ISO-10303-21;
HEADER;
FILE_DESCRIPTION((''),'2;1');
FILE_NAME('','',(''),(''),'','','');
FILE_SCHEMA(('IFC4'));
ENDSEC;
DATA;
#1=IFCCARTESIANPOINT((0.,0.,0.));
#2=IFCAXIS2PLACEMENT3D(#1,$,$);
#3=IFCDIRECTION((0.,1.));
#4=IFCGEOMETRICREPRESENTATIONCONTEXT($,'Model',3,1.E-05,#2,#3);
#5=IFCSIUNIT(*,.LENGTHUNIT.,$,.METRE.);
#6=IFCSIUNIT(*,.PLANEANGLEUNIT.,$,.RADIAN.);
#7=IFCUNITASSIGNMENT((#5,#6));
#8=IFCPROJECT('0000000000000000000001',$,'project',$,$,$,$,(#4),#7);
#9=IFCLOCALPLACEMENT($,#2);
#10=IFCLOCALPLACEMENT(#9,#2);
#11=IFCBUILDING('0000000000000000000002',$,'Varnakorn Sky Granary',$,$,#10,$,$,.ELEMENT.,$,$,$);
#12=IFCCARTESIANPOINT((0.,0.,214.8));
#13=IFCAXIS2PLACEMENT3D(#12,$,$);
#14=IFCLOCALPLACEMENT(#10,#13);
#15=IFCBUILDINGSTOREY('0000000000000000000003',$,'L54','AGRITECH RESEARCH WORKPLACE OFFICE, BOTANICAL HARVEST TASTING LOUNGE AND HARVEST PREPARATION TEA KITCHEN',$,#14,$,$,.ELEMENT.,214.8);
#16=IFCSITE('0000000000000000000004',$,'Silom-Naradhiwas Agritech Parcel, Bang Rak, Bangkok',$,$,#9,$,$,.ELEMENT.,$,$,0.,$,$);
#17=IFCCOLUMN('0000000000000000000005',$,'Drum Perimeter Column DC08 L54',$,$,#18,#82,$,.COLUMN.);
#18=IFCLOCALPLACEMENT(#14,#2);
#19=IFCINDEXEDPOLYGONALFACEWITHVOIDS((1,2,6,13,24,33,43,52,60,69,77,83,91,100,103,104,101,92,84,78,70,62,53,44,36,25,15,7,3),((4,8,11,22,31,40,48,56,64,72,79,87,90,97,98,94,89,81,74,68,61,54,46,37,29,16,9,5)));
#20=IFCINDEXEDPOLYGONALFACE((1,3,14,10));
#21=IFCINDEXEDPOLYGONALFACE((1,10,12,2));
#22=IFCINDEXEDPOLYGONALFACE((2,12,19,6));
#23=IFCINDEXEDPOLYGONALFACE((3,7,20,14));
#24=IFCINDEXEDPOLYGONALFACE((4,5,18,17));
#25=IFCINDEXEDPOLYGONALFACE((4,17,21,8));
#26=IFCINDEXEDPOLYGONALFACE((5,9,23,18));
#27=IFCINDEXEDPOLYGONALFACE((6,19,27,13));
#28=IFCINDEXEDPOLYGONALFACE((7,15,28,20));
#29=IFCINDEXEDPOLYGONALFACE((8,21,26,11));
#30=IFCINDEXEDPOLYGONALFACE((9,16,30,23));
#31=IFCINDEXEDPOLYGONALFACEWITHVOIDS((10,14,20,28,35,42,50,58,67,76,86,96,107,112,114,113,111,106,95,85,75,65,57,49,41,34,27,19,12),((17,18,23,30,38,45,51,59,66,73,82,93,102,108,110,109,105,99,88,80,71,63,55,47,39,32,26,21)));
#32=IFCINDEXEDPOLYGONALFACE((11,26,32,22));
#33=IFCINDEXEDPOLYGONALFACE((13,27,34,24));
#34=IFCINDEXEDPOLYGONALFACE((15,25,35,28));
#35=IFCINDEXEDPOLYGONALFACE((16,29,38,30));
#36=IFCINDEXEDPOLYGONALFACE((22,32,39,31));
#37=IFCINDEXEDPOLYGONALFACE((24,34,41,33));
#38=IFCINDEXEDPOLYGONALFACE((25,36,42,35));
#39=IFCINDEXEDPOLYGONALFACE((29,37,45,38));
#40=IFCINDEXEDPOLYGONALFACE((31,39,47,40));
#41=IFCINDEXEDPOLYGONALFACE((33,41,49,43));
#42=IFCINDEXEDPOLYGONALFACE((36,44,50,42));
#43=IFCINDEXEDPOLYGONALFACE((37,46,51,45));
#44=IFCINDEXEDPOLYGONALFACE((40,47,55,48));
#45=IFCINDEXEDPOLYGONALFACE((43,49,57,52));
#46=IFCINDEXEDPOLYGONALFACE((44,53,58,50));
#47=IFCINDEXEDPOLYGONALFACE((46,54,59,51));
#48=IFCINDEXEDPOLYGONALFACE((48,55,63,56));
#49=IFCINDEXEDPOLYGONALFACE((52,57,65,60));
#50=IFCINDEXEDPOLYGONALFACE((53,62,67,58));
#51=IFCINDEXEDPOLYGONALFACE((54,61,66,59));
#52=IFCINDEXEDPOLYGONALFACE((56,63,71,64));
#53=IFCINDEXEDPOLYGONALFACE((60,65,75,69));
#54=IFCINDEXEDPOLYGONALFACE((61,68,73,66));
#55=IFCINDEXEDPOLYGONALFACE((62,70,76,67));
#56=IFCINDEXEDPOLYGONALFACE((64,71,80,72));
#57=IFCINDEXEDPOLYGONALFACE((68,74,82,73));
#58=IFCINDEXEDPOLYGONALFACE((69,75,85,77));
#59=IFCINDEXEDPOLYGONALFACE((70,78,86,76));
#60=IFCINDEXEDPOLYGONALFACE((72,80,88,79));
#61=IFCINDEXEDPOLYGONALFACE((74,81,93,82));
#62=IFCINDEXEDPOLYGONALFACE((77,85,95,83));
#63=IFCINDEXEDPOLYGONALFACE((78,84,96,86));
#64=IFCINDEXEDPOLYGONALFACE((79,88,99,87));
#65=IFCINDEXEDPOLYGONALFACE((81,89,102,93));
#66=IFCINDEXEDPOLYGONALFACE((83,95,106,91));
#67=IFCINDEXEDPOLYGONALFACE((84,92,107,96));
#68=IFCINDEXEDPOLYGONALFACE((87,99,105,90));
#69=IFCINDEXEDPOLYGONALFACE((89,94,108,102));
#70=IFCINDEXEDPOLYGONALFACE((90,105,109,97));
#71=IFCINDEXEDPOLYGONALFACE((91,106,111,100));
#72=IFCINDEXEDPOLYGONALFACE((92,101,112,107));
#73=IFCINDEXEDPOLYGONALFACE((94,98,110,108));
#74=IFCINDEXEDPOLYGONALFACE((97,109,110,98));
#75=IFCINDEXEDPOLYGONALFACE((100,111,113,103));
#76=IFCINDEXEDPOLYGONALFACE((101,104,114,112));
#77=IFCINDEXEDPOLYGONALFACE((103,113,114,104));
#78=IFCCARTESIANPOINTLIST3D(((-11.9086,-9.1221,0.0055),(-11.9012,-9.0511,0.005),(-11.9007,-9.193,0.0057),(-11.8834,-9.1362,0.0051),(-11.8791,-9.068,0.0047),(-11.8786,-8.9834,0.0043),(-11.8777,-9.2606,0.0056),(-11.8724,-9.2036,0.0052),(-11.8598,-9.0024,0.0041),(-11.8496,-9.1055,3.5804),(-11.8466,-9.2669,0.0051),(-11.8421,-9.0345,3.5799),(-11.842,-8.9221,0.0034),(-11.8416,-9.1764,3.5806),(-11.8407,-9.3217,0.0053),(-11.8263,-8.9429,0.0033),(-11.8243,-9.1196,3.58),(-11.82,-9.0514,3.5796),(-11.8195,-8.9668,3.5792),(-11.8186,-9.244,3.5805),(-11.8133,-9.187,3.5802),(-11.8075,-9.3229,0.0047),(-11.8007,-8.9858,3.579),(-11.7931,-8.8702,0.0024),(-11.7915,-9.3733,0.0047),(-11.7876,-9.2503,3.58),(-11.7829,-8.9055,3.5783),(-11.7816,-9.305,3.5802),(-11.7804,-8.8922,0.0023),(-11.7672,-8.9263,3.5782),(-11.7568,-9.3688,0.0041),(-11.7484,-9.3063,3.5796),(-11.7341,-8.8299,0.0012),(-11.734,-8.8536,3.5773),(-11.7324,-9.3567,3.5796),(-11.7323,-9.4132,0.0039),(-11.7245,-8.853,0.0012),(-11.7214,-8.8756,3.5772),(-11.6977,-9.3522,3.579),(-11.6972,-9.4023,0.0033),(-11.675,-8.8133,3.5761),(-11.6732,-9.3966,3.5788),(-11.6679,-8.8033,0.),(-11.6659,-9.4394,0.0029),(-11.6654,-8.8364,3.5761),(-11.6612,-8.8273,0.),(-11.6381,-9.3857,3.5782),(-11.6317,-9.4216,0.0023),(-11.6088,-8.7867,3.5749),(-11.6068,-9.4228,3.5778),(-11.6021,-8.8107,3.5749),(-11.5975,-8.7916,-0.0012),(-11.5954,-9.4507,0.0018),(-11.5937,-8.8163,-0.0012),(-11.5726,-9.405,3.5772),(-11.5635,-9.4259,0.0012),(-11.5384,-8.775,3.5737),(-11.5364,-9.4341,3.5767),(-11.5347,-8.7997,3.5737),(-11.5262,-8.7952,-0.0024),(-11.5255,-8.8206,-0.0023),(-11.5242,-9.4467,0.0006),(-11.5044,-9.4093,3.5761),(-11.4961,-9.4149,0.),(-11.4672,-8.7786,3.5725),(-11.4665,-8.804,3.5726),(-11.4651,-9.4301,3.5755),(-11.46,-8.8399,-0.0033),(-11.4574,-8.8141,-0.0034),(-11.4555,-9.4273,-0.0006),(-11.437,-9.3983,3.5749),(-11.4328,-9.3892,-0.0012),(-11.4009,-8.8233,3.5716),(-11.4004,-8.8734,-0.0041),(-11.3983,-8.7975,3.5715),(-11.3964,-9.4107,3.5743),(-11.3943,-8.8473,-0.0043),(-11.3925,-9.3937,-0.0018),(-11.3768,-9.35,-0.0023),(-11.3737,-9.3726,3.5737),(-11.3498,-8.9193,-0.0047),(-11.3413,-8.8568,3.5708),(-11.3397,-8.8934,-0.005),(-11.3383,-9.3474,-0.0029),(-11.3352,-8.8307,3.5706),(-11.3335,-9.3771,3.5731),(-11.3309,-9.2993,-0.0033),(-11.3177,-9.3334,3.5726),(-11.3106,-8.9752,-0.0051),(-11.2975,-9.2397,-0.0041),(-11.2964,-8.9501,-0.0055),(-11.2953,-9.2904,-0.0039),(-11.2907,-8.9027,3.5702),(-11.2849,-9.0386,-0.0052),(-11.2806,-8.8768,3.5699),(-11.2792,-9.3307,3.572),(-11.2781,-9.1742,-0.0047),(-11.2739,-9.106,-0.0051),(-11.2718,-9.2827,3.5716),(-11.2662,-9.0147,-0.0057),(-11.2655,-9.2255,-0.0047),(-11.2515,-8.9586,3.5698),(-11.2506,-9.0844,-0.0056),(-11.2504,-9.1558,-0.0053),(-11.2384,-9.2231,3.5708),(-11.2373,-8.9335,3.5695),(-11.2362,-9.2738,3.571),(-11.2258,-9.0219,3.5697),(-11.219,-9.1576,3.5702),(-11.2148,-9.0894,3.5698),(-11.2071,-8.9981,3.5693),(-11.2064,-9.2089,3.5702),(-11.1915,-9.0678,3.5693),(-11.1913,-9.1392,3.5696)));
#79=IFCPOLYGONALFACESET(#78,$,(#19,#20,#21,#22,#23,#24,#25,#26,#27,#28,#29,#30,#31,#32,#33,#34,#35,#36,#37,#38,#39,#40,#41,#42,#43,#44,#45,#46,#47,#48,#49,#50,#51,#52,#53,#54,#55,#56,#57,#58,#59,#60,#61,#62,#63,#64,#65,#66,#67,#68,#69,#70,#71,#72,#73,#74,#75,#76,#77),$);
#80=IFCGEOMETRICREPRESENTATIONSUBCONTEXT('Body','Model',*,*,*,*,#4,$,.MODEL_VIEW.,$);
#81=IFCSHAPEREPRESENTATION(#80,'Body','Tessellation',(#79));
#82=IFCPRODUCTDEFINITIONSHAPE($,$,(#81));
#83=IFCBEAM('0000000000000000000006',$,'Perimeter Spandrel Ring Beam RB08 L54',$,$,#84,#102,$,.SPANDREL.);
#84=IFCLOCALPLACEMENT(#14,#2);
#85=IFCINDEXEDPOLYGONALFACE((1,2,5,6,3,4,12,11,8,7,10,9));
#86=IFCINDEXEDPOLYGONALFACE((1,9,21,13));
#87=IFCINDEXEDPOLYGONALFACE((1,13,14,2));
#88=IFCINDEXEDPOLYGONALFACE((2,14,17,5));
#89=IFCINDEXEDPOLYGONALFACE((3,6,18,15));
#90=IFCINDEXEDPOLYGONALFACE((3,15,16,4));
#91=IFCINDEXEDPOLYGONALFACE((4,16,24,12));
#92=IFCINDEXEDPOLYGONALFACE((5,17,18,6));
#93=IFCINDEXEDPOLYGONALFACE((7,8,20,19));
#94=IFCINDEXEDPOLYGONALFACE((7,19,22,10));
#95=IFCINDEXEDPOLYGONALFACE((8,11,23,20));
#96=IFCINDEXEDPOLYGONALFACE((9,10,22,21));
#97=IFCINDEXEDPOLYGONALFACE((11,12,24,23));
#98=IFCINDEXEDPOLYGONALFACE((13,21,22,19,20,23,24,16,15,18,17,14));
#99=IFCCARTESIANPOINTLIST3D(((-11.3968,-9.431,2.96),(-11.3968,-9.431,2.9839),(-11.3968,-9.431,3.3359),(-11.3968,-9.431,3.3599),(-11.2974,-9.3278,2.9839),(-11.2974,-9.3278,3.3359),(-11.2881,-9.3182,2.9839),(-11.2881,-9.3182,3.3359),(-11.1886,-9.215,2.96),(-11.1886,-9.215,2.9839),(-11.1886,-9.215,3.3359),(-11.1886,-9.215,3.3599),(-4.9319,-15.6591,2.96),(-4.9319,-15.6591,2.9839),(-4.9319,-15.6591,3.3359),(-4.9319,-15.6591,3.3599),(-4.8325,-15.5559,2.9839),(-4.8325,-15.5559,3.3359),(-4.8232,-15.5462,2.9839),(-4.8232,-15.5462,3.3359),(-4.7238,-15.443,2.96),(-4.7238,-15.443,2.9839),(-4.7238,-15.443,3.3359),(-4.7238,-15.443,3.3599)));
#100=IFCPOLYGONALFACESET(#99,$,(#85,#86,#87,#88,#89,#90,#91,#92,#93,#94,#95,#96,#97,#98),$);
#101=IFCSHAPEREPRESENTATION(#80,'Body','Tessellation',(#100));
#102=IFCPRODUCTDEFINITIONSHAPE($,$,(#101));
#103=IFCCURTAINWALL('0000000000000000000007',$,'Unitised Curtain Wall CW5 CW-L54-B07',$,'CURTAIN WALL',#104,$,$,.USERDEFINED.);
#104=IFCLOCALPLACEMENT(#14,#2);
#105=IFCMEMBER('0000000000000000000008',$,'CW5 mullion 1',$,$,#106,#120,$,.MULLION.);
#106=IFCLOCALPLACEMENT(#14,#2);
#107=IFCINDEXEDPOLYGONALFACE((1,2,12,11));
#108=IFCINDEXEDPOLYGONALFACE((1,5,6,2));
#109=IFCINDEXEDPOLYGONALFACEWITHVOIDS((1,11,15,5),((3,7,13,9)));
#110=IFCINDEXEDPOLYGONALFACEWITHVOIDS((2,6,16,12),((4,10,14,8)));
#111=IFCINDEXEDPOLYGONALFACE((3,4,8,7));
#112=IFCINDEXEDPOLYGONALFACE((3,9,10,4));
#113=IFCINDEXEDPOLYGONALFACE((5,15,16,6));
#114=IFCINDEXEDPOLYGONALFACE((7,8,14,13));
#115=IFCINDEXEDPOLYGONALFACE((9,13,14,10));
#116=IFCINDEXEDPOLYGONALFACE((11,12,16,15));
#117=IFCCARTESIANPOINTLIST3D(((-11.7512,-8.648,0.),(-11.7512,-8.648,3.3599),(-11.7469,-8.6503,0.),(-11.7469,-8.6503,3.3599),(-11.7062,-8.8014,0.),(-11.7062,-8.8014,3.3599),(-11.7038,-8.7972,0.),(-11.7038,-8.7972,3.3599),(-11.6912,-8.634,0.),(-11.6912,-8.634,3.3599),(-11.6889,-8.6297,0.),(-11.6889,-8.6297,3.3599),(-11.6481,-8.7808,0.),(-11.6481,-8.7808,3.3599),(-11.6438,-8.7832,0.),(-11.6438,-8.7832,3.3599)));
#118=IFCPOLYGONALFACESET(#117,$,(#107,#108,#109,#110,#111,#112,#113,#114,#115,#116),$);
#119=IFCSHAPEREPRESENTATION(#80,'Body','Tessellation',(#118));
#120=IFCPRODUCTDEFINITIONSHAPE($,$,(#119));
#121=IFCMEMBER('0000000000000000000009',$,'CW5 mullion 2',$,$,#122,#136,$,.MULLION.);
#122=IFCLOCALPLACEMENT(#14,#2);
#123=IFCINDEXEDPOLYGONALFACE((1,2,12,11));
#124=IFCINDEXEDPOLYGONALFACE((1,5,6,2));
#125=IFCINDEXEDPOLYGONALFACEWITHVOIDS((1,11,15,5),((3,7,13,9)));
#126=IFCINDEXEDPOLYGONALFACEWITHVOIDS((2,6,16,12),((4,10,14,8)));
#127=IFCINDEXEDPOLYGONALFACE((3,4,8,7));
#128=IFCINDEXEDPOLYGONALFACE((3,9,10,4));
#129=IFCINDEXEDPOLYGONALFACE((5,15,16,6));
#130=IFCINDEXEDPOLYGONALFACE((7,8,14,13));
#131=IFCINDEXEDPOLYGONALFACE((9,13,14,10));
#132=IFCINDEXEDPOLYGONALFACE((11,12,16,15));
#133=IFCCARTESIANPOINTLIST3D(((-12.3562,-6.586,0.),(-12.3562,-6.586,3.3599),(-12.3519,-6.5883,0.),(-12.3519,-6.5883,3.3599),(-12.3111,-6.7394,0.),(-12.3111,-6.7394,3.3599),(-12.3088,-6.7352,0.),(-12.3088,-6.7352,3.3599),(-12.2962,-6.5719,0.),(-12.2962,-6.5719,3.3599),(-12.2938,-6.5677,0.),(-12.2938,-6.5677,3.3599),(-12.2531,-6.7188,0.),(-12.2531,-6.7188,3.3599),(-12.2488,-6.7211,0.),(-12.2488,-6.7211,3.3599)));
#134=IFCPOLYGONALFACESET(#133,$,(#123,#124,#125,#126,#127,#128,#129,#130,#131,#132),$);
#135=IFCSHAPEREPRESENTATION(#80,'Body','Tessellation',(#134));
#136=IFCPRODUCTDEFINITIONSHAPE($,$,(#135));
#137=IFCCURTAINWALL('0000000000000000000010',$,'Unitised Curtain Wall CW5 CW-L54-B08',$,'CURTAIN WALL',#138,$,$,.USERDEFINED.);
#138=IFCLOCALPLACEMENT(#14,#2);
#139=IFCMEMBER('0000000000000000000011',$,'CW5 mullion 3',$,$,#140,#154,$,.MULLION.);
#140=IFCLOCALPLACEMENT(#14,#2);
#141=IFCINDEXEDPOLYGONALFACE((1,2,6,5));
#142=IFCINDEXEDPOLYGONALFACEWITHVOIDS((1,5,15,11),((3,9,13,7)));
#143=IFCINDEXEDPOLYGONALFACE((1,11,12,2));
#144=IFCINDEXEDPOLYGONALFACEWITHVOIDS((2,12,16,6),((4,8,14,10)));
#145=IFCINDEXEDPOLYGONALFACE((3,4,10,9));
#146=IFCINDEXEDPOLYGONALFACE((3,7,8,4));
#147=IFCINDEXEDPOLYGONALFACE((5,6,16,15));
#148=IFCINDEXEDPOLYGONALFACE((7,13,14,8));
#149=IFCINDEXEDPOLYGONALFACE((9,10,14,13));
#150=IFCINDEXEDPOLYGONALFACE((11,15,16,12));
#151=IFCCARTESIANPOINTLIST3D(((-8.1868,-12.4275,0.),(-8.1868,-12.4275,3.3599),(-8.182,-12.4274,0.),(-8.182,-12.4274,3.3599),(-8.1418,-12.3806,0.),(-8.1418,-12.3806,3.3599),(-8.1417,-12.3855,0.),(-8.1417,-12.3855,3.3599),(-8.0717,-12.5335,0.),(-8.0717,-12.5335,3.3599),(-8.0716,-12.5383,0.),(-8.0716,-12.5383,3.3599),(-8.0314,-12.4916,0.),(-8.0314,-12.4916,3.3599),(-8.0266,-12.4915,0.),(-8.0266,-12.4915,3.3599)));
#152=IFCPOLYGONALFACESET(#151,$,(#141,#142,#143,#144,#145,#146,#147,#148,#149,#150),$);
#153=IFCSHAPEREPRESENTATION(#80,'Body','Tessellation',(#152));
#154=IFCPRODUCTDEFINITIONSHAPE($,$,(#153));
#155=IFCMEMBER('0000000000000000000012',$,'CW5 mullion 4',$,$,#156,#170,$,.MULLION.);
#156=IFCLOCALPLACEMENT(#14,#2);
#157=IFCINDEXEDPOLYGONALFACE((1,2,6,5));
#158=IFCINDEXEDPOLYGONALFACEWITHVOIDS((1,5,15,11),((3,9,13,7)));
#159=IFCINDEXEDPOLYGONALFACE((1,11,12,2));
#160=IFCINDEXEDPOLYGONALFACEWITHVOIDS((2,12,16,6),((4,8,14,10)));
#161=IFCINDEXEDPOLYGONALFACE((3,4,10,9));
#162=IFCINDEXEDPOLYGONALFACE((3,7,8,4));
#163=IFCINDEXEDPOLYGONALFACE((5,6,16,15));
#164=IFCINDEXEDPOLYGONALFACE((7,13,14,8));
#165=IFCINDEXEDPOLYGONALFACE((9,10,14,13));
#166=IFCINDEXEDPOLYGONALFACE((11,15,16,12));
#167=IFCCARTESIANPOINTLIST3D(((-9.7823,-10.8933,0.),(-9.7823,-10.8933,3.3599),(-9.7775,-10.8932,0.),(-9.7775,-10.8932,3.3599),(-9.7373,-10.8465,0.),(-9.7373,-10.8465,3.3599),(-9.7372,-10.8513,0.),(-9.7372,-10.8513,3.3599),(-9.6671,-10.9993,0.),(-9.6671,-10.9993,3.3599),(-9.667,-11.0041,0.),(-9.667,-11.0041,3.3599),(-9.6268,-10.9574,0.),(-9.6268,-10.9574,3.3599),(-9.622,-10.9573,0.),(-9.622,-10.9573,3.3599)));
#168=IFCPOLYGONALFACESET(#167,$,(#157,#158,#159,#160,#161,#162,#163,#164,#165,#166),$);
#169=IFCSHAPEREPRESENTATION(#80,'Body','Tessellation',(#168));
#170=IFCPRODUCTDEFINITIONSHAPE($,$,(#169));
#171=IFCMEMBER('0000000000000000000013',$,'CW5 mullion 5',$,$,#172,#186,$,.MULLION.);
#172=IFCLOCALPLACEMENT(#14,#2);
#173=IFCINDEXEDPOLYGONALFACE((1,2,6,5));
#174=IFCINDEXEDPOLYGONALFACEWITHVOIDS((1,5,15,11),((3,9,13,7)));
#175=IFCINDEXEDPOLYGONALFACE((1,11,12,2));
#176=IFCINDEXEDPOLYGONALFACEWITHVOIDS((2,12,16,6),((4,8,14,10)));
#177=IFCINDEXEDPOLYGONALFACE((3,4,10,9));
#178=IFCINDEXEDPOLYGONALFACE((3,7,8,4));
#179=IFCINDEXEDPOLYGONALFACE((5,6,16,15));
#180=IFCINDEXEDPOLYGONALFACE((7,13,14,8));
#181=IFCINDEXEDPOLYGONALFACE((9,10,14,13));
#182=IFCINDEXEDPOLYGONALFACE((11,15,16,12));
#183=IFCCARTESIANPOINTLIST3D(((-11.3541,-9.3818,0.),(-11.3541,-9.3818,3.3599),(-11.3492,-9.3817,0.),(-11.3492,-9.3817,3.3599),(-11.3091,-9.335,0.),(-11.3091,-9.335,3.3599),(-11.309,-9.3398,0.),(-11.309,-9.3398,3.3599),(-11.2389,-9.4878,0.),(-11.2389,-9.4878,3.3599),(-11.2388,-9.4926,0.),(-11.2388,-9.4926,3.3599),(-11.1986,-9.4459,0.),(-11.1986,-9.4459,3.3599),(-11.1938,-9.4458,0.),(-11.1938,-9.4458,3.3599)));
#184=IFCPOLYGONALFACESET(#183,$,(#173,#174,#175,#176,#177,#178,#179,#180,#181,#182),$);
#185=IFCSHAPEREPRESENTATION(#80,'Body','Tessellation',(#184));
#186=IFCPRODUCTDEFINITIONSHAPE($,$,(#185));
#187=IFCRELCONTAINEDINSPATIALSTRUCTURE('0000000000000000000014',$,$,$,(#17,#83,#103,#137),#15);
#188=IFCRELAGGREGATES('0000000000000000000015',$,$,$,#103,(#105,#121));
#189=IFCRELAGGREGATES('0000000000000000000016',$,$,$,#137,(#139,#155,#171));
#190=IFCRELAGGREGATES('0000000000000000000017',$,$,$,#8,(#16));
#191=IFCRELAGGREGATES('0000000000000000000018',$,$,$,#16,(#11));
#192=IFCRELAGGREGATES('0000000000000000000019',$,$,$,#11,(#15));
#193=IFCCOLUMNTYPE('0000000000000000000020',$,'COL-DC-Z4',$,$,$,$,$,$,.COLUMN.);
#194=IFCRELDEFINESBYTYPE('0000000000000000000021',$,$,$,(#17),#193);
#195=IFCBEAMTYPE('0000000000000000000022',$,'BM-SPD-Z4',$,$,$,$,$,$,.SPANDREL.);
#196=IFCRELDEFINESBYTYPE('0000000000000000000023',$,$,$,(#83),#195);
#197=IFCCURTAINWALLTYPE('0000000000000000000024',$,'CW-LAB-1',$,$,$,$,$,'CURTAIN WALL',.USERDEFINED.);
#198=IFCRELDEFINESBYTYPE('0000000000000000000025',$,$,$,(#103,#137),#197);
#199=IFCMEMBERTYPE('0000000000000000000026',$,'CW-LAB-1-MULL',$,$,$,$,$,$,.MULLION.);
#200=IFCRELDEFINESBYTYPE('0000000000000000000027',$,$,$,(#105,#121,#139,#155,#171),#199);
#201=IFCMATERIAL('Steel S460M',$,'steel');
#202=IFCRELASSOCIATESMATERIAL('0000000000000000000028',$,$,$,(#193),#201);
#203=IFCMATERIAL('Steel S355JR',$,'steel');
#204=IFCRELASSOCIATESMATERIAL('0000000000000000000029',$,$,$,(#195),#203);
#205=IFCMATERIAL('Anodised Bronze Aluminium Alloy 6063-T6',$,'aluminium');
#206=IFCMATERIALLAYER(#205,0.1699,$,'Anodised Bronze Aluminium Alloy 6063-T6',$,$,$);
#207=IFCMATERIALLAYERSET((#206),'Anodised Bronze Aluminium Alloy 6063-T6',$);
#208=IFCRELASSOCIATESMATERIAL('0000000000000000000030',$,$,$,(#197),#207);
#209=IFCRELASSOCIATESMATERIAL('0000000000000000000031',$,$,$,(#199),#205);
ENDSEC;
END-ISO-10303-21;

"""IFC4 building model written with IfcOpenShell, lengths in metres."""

from ifc_helpers import new_model, si_unit, direction, frame, origin, origin_2d, place, context, subcontext, project, spatial, hollow_rectangle, hollow_circle, i_section, extrude, material, layer, layer_set, material_profile, profile_set, type_object, element, aggregate, save


model = new_model("IFC4")

# Units and contexts
model_context = context("Model", 3, precision=1e-05, world=origin(), true_north=direction((0.0, 1.0)))
body_context = subcontext(model_context, "Body", "Model", "MODEL_VIEW")
ifc_project = project(units=[si_unit("LENGTHUNIT", "METRE"), si_unit("PLANEANGLEUNIT", "RADIAN")], contexts=[model_context])

# Site, building, storey
site_placement = place(None, origin())
site = spatial("IfcSite", under=ifc_project, at=site_placement, Name="Silom-Naradhiwas Agritech Parcel, Bang Rak, Bangkok", CompositionType="ELEMENT", RefElevation=0.0)
building_placement = place(site_placement, origin())
building = spatial("IfcBuilding", under=site, at=building_placement, Name="Varnakorn Sky Granary", CompositionType="ELEMENT")
storey_placement = place(building_placement, frame((0.0, 0.0, 214.8)))
storey = spatial("IfcBuildingStorey", under=building, at=storey_placement, Name="L54", Description="AGRITECH RESEARCH WORKPLACE OFFICE, BOTANICAL HARVEST TASTING LOUNGE AND HARVEST PREPARATION TEA KITCHEN", CompositionType="ELEMENT", Elevation=214.8)

# Column
ifc_material_1 = material(Name="Steel S460M", Category="steel")
ifc_material_profile_1 = material_profile(ifc_material_1, hollow_circle(Radius=0.3301, WallThickness=0.0249, at=origin_2d()), Name="CHS 660x25")
ifc_profile_set_1 = profile_set([ifc_material_profile_1], Name="Steel S460M")
column_type = type_object("IfcColumnType", Name="COL-DC-Z4", PredefinedType="COLUMN", material=ifc_profile_set_1)
column_placement = place(storey_placement, frame((-11.5786, -9.1211, 0.0), z_axis=(0.016524, 0.004643, 0.999853), x_axis=(-0.270515, 0.962716, 0.0)))
element("IfcColumn", 1, at=column_placement, inside=storey, type_object=column_type, Name="Drum Perimeter Column DC08 L54", PredefinedType="COLUMN", context=body_context, shape_type="SweptSolid", body=[
    extrude(hollow_circle(Radius=0.3301, WallThickness=0.0249, at=origin_2d()), origin(), (0.0, 0.0, 1.0), 3.5754),
])

# Beam
ifc_material_2 = material(Name="Steel S355JR", Category="steel")
ifc_material_profile_2 = material_profile(ifc_material_2, i_section(OverallWidth=0.3, OverallDepth=0.3999, WebThickness=0.0134, FlangeThickness=0.0239, at=origin_2d()), Name="HE 400 B")
ifc_profile_set_2 = profile_set([ifc_material_profile_2], Name="Steel S355JR")
beam_type = type_object("IfcBeamType", Name="BM-SPD-Z4", PredefinedType="SPANDREL", material=ifc_profile_set_2)
beam_placement = place(storey_placement, frame((-11.2927, -9.323, 3.1599), z_axis=(0.720174, -0.693793, 0.0), x_axis=(0.693793, 0.720174, 0.0)))
element("IfcBeam", 2, at=beam_placement, inside=storey, type_object=beam_type, Name="Perimeter Spandrel Ring Beam RB08 L54", PredefinedType="SPANDREL", context=body_context, shape_type="SweptSolid", body=[
    extrude(i_section(OverallWidth=0.3, OverallDepth=0.3999, WebThickness=0.0134, FlangeThickness=0.0239, at=origin_2d()), origin(), (0.0, 0.0, 1.0), 8.9768),
])

# Curtain walls, members
ifc_material_3 = material(Name="Anodised Bronze Aluminium Alloy 6063-T6", Category="aluminium")
ifc_layer_1 = layer(ifc_material_3, 0.1699, Name="Anodised Bronze Aluminium Alloy 6063-T6")
ifc_layer_set_1 = layer_set([ifc_layer_1], Name="Anodised Bronze Aluminium Alloy 6063-T6")
curtain_wall_type = type_object("IfcCurtainWallType", Name="CW-LAB-1", ElementType="CURTAIN WALL", PredefinedType="USERDEFINED", material=ifc_layer_set_1)
curtain_wall_1_placement = place(storey_placement, origin())
curtain_wall_1 = element("IfcCurtainWall", 3, at=curtain_wall_1_placement, inside=storey, type_object=curtain_wall_type, Name="Unitised Curtain Wall CW5 CW-L54-B07", ObjectType="CURTAIN WALL", PredefinedType="USERDEFINED")
ifc_material_profile_3 = material_profile(ifc_material_3, hollow_rectangle(XDim=0.0649, YDim=0.1599, WallThickness=0.0034, at=origin_2d()), Name="ALU MULL 65x160")
ifc_profile_set_3 = profile_set([ifc_material_profile_3], Name="Anodised Bronze Aluminium Alloy 6063-T6")
member_type_1 = type_object("IfcMemberType", Name="CW-LAB-1-MULL", PredefinedType="MULLION", material=ifc_profile_set_3)
member_1_placement = place(storey_placement, frame((-11.6975, -8.7156, 0.0), z_axis=(0.0, 0.0, 1.0), x_axis=(-0.95954, -0.281572, 0.0)))
member_1 = element("IfcMember", 4, at=member_1_placement, type_object=member_type_1, Name="CW5 mullion 1", PredefinedType="MULLION", context=body_context, shape_type="SweptSolid", body=[
    extrude(hollow_rectangle(XDim=0.0649, YDim=0.1599, WallThickness=0.0034, at=origin_2d()), origin(), (0.0, 0.0, 1.0), 3.3599),
])
member_2_placement = place(storey_placement, frame((-12.3025, -6.6536, 0.0), z_axis=(0.0, 0.0, 1.0), x_axis=(-0.95954, -0.281572, 0.0)))
member_2 = element("IfcMember", 5, at=member_2_placement, type_object=member_type_1, Name="CW5 mullion 2", PredefinedType="MULLION", context=body_context, shape_type="SweptSolid", body=[
    extrude(hollow_rectangle(XDim=0.0649, YDim=0.1599, WallThickness=0.0034, at=origin_2d()), origin(), (0.0, 0.0, 1.0), 3.3599),
])
curtain_wall_2_placement = place(storey_placement, origin())
curtain_wall_2 = element("IfcCurtainWall", 6, at=curtain_wall_2_placement, inside=storey, type_object=curtain_wall_type, Name="Unitised Curtain Wall CW5 CW-L54-B08", ObjectType="CURTAIN WALL", PredefinedType="USERDEFINED")
member_3_placement = place(storey_placement, frame((-8.1067, -12.4595, 0.0), z_axis=(0.0, 0.0, 1.0), x_axis=(-0.69314, -0.720803, 0.0)))
member_3 = element("IfcMember", 7, at=member_3_placement, type_object=member_type_1, Name="CW5 mullion 3", PredefinedType="MULLION", context=body_context, shape_type="SweptSolid", body=[
    extrude(hollow_rectangle(XDim=0.0649, YDim=0.1599, WallThickness=0.0034, at=origin_2d()), origin(), (0.0, 0.0, 1.0), 3.3599),
])
member_4_placement = place(storey_placement, frame((-9.7021, -10.9253, 0.0), z_axis=(0.0, 0.0, 1.0), x_axis=(-0.69314, -0.720803, 0.0)))
member_4 = element("IfcMember", 8, at=member_4_placement, type_object=member_type_1, Name="CW5 mullion 4", PredefinedType="MULLION", context=body_context, shape_type="SweptSolid", body=[
    extrude(hollow_rectangle(XDim=0.0649, YDim=0.1599, WallThickness=0.0034, at=origin_2d()), origin(), (0.0, 0.0, 1.0), 3.3599),
])
member_5_placement = place(storey_placement, frame((-11.2739, -9.4138, 0.0), z_axis=(0.0, 0.0, 1.0), x_axis=(-0.69314, -0.720803, 0.0)))
member_5 = element("IfcMember", 9, at=member_5_placement, type_object=member_type_1, Name="CW5 mullion 5", PredefinedType="MULLION", context=body_context, shape_type="SweptSolid", body=[
    extrude(hollow_rectangle(XDim=0.0649, YDim=0.1599, WallThickness=0.0034, at=origin_2d()), origin(), (0.0, 0.0, 1.0), 3.3599),
])

aggregate(curtain_wall_1, [member_1, member_2])
aggregate(curtain_wall_2, [member_3, member_4, member_5])

save(model, "model.ifc")
